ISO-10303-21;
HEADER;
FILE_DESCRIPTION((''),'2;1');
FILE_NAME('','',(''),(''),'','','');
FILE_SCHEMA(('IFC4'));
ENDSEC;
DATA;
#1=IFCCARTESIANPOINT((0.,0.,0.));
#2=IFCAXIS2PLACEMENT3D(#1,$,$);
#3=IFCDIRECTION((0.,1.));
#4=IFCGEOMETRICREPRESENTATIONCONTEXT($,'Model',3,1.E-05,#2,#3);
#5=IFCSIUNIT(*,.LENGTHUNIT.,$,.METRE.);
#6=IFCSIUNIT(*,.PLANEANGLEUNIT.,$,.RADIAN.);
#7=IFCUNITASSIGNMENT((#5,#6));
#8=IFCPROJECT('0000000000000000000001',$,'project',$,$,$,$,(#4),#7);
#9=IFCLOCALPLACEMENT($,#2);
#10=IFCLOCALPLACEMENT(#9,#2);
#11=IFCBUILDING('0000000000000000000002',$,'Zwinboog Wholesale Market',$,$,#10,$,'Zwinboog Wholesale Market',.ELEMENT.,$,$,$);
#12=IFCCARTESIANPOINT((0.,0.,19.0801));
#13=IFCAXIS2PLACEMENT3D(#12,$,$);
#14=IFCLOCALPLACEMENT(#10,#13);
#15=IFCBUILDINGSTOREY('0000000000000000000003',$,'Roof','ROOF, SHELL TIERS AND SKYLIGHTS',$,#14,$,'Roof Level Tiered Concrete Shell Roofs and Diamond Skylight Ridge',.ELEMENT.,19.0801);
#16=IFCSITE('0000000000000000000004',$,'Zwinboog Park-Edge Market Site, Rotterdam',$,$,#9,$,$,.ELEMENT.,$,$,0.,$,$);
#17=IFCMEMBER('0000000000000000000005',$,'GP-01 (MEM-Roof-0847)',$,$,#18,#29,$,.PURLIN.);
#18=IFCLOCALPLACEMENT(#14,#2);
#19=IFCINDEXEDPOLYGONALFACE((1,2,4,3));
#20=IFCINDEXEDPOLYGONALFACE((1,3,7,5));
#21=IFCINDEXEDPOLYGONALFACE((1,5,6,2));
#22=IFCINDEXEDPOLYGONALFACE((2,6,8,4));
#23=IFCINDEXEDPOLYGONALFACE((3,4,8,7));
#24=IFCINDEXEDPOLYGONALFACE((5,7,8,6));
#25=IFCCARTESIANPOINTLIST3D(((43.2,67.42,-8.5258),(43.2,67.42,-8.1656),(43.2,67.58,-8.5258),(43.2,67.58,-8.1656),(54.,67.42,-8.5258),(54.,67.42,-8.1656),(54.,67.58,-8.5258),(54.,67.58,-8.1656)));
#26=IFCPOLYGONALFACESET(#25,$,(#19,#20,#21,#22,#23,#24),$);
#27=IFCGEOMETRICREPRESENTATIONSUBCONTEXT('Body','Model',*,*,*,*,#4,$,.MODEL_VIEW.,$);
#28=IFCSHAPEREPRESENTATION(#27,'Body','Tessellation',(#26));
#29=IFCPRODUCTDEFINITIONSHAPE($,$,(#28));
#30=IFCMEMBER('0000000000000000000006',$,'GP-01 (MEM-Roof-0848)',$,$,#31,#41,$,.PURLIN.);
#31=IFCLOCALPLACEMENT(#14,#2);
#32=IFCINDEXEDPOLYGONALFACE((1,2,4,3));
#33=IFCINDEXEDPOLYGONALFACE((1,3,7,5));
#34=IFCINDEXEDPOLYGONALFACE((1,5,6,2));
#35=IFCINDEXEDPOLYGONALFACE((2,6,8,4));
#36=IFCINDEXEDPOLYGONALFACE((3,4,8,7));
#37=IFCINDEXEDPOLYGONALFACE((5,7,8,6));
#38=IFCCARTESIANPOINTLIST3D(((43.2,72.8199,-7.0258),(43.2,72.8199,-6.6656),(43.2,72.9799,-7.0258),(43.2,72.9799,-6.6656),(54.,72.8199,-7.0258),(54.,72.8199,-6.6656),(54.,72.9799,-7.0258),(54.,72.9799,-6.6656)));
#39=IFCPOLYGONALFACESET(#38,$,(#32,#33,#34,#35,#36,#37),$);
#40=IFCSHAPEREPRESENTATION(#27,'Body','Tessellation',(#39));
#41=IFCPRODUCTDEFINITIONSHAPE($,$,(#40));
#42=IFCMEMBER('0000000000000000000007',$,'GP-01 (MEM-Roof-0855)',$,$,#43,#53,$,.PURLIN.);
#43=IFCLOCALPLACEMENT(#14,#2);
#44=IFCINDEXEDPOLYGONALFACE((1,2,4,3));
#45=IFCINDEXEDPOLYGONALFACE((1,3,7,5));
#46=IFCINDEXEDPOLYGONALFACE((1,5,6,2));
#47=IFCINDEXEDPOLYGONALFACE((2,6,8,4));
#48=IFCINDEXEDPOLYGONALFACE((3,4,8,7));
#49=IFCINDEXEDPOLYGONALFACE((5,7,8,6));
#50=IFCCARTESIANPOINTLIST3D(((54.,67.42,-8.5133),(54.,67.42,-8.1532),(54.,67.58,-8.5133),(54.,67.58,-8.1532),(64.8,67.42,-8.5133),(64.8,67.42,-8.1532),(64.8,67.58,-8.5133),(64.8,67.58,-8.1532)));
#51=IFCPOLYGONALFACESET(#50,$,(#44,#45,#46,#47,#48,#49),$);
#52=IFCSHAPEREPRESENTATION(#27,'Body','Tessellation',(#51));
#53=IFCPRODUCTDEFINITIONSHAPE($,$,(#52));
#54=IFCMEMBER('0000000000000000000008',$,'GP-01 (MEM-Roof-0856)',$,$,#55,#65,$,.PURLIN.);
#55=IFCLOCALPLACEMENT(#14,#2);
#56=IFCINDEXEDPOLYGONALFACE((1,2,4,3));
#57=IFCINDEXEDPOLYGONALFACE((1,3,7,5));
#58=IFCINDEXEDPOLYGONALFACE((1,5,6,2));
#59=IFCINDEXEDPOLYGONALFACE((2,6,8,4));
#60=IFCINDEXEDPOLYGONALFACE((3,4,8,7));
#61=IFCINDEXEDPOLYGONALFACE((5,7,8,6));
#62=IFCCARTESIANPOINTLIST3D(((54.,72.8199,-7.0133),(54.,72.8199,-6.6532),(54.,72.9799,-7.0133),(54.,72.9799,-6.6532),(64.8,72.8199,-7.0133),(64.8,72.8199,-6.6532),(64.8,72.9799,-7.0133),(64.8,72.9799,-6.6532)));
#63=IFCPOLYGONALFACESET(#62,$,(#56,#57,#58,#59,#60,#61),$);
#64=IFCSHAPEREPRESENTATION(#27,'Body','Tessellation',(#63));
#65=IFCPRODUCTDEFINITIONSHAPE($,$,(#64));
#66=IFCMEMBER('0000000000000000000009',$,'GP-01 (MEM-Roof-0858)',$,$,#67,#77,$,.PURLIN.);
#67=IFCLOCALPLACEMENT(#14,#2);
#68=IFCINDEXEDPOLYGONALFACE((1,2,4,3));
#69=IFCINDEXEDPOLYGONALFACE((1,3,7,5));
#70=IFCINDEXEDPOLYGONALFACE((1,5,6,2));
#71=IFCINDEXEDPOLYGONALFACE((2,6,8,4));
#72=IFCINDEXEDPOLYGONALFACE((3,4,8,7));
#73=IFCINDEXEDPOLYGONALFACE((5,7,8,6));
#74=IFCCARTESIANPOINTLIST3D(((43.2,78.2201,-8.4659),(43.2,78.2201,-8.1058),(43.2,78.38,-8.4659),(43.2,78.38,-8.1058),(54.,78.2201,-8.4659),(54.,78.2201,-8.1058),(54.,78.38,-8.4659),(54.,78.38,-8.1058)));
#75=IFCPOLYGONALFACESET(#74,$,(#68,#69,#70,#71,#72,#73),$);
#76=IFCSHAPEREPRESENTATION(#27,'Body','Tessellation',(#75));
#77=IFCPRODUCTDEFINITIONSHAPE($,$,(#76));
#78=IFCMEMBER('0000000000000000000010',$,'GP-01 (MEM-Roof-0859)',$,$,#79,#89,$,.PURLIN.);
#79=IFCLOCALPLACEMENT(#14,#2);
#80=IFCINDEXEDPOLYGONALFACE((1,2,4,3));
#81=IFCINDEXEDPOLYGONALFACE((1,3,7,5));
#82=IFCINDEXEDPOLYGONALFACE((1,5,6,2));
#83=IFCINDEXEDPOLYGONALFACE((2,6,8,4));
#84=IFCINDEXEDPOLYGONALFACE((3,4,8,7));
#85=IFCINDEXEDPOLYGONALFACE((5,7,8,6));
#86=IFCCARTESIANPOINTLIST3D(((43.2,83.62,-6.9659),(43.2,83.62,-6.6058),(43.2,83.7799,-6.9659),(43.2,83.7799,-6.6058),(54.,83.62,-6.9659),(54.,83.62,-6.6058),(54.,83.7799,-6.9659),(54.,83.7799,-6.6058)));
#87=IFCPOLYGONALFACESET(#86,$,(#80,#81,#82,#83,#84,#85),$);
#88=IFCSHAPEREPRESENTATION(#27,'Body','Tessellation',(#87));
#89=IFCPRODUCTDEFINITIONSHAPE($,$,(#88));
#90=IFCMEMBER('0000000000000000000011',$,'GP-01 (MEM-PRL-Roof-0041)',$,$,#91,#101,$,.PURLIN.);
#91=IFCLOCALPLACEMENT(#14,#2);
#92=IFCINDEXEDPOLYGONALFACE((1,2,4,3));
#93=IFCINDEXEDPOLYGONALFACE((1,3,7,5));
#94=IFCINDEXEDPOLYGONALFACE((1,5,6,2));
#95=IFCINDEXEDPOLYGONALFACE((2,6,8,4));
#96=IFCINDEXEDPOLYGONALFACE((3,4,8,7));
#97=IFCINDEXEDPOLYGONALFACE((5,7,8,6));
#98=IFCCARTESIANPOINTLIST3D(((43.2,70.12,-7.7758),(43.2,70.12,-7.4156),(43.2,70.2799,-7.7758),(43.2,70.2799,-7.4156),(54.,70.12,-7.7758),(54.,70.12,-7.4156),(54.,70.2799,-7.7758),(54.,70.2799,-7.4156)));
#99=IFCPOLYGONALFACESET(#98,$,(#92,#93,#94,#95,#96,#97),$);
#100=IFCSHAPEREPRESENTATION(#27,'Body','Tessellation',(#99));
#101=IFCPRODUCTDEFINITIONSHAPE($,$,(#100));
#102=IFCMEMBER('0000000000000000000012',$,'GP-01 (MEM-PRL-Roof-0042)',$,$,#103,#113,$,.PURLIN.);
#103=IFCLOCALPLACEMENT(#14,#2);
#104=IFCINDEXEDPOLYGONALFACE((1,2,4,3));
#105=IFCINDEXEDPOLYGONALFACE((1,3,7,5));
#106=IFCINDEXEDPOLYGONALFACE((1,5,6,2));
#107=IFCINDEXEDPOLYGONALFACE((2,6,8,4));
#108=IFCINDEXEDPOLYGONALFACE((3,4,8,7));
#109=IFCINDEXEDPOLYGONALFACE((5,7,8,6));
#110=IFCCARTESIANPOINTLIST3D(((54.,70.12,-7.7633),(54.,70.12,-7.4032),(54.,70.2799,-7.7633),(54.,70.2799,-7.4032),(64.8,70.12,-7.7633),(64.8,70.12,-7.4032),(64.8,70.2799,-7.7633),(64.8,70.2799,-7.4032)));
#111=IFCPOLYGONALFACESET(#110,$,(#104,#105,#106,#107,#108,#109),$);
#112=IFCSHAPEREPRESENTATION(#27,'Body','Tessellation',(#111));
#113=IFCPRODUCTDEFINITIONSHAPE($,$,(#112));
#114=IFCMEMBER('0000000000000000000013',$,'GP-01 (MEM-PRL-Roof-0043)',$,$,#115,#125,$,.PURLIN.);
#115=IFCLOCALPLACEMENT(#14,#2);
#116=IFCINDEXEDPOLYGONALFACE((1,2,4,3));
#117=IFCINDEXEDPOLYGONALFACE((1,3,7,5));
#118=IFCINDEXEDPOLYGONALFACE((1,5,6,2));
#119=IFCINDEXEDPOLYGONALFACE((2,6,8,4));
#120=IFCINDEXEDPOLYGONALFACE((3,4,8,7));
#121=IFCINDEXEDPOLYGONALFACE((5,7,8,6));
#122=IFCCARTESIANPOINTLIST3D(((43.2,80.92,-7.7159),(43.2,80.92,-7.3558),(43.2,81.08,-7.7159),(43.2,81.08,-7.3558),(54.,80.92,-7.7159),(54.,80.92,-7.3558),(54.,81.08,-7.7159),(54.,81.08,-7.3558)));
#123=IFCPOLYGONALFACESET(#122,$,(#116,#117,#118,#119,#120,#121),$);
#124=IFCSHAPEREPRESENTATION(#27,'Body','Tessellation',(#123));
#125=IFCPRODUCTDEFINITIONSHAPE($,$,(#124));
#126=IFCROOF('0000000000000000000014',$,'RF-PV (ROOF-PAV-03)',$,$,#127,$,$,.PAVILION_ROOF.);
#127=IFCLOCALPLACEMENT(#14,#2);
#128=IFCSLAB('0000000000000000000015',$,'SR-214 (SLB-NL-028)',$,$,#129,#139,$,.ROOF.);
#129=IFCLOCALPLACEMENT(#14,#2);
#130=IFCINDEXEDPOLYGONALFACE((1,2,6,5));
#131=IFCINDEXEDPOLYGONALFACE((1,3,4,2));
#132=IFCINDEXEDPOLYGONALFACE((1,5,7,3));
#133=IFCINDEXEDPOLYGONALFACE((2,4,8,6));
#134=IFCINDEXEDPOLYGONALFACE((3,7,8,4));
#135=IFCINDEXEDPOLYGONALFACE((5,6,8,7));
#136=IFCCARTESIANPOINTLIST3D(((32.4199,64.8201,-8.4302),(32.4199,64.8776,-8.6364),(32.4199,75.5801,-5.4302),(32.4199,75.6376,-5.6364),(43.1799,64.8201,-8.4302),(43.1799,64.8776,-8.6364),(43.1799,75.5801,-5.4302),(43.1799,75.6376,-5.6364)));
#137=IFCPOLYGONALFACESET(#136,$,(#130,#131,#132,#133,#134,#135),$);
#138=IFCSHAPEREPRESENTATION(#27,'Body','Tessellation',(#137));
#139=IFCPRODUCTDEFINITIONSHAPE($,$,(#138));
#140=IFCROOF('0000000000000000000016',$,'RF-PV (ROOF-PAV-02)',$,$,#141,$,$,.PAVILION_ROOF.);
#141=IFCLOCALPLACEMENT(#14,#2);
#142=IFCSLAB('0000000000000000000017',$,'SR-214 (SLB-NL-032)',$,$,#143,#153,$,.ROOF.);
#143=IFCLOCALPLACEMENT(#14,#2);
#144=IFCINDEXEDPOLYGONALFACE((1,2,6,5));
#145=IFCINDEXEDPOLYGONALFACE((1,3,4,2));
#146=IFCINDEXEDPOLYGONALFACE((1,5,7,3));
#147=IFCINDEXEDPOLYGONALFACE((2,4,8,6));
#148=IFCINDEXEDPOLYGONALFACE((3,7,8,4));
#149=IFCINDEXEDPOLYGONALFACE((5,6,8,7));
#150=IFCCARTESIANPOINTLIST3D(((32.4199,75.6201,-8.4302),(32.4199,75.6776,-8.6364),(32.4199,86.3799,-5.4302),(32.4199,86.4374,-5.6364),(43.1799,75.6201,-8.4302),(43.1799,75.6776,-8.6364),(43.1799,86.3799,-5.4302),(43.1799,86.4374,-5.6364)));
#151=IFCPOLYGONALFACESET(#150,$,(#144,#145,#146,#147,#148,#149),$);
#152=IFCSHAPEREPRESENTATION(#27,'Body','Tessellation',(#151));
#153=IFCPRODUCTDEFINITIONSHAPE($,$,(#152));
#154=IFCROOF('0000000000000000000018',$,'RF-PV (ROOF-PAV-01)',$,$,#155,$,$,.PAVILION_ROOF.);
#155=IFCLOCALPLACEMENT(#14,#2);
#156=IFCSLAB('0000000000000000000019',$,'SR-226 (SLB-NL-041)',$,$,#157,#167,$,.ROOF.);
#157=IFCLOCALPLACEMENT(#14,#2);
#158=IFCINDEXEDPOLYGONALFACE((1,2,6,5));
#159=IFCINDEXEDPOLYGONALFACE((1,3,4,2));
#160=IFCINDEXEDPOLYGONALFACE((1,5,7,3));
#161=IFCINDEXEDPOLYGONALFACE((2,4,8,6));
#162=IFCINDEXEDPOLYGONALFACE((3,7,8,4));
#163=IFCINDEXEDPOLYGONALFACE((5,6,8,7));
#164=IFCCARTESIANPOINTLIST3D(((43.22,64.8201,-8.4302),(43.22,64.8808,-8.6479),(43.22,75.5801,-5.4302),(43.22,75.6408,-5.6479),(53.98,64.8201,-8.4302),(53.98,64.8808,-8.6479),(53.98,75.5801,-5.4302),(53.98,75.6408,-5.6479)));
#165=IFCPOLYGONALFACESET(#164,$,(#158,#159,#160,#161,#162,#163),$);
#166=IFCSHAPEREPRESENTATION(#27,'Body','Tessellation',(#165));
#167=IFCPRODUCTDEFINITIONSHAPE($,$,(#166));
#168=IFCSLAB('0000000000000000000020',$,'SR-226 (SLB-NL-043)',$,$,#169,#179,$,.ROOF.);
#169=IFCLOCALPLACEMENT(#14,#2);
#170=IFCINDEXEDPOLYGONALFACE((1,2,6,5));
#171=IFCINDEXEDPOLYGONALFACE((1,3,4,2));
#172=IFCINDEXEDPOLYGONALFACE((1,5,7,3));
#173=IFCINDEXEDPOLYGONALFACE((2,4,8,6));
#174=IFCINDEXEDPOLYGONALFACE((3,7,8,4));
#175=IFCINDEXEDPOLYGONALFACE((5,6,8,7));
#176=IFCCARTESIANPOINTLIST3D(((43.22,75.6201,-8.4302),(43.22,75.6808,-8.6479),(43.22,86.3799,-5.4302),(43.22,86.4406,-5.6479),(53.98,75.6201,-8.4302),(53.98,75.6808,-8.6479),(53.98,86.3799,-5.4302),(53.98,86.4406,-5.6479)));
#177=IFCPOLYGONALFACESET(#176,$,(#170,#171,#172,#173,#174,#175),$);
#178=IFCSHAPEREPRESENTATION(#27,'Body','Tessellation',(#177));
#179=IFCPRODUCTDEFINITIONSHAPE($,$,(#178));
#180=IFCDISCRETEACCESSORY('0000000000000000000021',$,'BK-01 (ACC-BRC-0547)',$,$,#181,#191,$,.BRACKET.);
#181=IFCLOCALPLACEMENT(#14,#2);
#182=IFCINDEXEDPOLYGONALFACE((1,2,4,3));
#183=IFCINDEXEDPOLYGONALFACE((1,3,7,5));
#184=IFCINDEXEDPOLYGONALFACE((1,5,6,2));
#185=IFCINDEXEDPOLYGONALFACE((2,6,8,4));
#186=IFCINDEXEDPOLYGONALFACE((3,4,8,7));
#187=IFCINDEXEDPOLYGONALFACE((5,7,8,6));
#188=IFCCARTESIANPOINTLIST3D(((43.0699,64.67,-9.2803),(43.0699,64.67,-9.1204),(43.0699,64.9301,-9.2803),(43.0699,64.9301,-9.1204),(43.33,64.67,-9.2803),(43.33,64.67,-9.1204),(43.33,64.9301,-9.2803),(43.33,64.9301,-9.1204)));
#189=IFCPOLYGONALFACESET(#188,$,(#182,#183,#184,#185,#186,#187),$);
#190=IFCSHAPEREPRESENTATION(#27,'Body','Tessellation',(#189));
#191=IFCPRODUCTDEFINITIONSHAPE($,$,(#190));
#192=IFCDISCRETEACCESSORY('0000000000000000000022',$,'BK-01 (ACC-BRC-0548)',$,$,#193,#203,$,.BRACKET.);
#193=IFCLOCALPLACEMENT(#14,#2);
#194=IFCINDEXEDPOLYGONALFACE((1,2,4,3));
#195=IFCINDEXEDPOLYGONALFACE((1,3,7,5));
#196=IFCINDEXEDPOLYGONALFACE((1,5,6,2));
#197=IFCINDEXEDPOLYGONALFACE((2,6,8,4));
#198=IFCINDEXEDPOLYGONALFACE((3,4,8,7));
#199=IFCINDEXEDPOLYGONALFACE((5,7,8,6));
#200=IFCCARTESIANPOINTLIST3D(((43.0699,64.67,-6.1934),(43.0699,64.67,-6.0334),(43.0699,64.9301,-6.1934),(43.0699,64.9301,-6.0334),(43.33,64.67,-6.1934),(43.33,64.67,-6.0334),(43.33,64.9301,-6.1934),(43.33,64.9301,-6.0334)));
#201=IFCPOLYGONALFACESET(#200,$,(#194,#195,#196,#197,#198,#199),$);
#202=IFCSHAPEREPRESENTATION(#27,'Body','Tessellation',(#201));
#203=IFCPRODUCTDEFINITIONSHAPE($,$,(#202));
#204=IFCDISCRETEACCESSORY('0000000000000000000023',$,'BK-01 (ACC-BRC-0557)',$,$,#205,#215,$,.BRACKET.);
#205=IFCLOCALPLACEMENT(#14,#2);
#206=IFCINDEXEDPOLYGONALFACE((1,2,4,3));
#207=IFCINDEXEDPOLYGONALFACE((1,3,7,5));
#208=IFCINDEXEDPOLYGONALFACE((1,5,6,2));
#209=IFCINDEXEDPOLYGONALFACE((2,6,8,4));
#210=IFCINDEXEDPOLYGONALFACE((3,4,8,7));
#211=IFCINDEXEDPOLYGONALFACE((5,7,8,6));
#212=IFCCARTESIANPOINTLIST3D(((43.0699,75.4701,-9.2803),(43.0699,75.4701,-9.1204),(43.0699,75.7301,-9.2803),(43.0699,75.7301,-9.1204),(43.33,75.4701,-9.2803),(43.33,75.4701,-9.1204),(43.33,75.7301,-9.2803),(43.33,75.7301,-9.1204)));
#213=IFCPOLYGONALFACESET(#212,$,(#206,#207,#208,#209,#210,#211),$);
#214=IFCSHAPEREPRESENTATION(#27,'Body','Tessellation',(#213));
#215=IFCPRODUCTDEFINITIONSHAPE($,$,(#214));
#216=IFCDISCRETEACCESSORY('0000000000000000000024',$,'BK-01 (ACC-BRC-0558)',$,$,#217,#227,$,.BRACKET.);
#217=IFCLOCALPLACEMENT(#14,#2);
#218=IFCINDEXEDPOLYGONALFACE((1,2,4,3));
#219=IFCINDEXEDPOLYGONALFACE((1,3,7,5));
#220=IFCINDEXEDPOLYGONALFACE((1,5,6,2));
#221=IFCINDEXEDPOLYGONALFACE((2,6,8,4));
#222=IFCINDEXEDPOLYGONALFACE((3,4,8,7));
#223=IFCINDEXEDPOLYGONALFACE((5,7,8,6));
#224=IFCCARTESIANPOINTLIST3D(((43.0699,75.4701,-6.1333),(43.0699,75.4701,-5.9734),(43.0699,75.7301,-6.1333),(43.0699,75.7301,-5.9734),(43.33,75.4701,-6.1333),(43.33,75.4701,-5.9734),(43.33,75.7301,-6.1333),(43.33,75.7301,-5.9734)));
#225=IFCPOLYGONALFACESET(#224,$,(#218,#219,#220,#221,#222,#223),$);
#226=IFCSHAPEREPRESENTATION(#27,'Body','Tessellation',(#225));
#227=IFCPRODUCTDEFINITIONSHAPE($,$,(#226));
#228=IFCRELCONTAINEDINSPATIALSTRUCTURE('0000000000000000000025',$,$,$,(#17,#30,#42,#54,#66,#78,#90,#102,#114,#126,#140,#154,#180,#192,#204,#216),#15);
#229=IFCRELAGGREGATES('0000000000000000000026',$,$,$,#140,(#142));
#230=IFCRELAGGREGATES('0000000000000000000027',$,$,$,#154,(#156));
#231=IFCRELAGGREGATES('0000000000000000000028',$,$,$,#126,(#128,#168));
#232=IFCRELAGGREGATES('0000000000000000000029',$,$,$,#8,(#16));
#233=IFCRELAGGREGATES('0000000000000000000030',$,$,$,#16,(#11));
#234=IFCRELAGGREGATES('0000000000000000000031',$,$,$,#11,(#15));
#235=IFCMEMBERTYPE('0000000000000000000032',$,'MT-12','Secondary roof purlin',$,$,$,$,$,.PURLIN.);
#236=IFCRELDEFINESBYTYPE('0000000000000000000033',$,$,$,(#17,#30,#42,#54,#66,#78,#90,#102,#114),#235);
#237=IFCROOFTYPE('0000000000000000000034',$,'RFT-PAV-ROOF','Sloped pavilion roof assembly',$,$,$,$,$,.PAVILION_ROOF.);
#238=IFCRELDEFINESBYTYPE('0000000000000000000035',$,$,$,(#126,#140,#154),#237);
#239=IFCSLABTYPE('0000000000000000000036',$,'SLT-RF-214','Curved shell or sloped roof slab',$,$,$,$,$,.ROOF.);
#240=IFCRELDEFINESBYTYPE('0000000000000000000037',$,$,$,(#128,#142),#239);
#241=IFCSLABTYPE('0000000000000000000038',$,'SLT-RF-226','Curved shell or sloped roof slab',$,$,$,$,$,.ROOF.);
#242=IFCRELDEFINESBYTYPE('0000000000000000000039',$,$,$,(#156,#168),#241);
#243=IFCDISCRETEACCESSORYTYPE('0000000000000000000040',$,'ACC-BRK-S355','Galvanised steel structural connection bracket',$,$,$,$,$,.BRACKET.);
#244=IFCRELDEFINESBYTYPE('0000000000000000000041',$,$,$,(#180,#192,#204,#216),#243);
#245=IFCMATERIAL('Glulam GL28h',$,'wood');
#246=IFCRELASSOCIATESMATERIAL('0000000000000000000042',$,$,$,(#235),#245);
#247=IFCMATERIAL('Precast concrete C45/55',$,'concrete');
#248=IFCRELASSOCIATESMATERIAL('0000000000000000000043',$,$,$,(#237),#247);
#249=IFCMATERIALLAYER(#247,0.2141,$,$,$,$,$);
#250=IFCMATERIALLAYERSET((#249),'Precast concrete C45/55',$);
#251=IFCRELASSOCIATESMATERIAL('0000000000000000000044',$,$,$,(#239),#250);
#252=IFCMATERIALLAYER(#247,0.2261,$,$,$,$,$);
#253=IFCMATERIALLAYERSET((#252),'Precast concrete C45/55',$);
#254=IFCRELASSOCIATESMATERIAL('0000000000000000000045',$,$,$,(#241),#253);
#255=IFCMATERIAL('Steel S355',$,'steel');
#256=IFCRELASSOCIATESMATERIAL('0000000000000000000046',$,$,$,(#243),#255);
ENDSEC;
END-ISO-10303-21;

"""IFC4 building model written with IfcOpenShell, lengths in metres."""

from ifc_helpers import new_model, si_unit, direction, frame, origin, origin_2d, place, context, subcontext, project, spatial, polyline, rectangle, outline, extrude, material, layer, layer_set, material_profile, profile_set, type_object, element, aggregate, save


model = new_model("IFC4")

# Units and contexts
model_context = context("Model", 3, precision=1e-05, world=origin(), true_north=direction((0.0, 1.0)))
body_context = subcontext(model_context, "Body", "Model", "MODEL_VIEW")
ifc_project = project(units=[si_unit("LENGTHUNIT", "METRE"), si_unit("PLANEANGLEUNIT", "RADIAN")], contexts=[model_context])

# Site, building, storey
site_placement = place(None, origin())
site = spatial("IfcSite", under=ifc_project, at=site_placement, Name="Zwinboog Park-Edge Market Site, Rotterdam", CompositionType="ELEMENT", RefElevation=0.0)
building_placement = place(site_placement, origin())
building = spatial("IfcBuilding", under=site, at=building_placement, Name="Zwinboog Wholesale Market", LongName="Zwinboog Wholesale Market", CompositionType="ELEMENT")
storey_placement = place(building_placement, frame((0.0, 0.0, 19.0801)))
storey = spatial("IfcBuildingStorey", under=building, at=storey_placement, Name="Roof", Description="ROOF, SHELL TIERS AND SKYLIGHTS", LongName="Roof Level Tiered Concrete Shell Roofs and Diamond Skylight Ridge", CompositionType="ELEMENT", Elevation=19.0801)

# Shared definitions
ifc_material_1 = material(Name="Precast concrete C45/55", Category="concrete")

# Members
ifc_material_2 = material(Name="Steel S355", Category="steel")
ifc_material_3 = material(Name="Glulam GL28h", Category="wood")
ifc_material_profile_1 = material_profile(ifc_material_3, rectangle(XDim=0.1599, YDim=0.3601, at=origin_2d()), Name="GL28h 160x360")
ifc_profile_set_1 = profile_set([ifc_material_profile_1], Name="Glulam GL28h")
member_type_1 = type_object("IfcMemberType", Name="MT-12", Description="Secondary roof purlin", PredefinedType="PURLIN", material=ifc_profile_set_1)
for number, where, z_axis, x_axis, name in (
    (1, (43.2, 67.5, -8.3457), (1.0, 0.0, 0.0), (0.0, 1.0, 0.0), "GP-01 (MEM-Roof-0847)"),
    (2, (43.2, 72.8999, -6.8457), (1.0, 0.0, 0.0), (0.0, 1.0, 0.0), "GP-01 (MEM-Roof-0848)"),
    (3, (54.0, 67.5, -8.3333), (1.0, 0.0, 0.0), (0.0, 1.0, 0.0), "GP-01 (MEM-Roof-0855)"),
    (4, (54.0, 72.8999, -6.8333), (1.0, 0.0, 0.0), (0.0, 1.0, 0.0), "GP-01 (MEM-Roof-0856)"),
    (5, (43.2, 78.3, -8.2859), (1.0, 0.0, 0.0), (0.0, 1.0, 0.0), "GP-01 (MEM-Roof-0858)"),
    (6, (43.2, 83.7, -6.7859), (1.0, 0.0, 0.0), (0.0, 1.0, 0.0), "GP-01 (MEM-Roof-0859)"),
    (7, (43.2, 70.2, -7.5957), (1.0, 0.0, 0.0), (0.0, 1.0, 0.0), "GP-01 (MEM-PRL-Roof-0041)"),
    (8, (54.0, 70.2, -7.5833), (1.0, 0.0, 0.0), (0.0, 1.0, 0.0), "GP-01 (MEM-PRL-Roof-0042)"),
    (9, (43.2, 81.0, -7.5359), (1.0, 0.0, 0.0), (0.0, 1.0, 0.0), "GP-01 (MEM-PRL-Roof-0043)"),
):
    element("IfcMember", number, at=place(storey_placement, frame(where, z_axis=z_axis, x_axis=x_axis)), inside=storey, type_object=member_type_1, Name=name, PredefinedType="PURLIN", context=body_context, shape_type="SweptSolid", body=[
        extrude(rectangle(XDim=0.1599, YDim=0.3601, at=origin_2d()), origin(), (0.0, 0.0, 1.0), 10.8),
    ])

# Roofs, slabs
roof_type = type_object("IfcRoofType", Name="RFT-PAV-ROOF", Description="Sloped pavilion roof assembly", PredefinedType="PAVILION_ROOF", material=ifc_material_1)
roof_1_placement = place(storey_placement, origin())
roof_1 = element("IfcRoof", 10, at=roof_1_placement, inside=storey, type_object=roof_type, Name="RF-PV (ROOF-PAV-03)", PredefinedType="PAVILION_ROOF")
ifc_layer_1 = layer(ifc_material_1, 0.2141)
ifc_layer_set_1 = layer_set([ifc_layer_1], Name="Precast concrete C45/55")
slab_type_1 = type_object("IfcSlabType", Name="SLT-RF-214", Description="Curved shell or sloped roof slab", PredefinedType="ROOF", material=ifc_layer_set_1)
slab_1_placement = place(storey_placement, frame((32.4199, 64.8201, -8.4302), z_axis=(0.0, -0.268567, 0.963261), x_axis=(1.0, 0.0, 0.0)))
slab_1 = element("IfcSlab", 11, at=slab_1_placement, type_object=slab_type_1, Name="SR-214 (SLB-NL-028)", PredefinedType="ROOF", context=body_context, shape_type="SweptSolid", body=[
    extrude(outline(polyline([(0.0, 0.0), (10.76, 0.0), (10.76, 11.1704), (0.0, 11.1704), (0.0, 0.0)])), origin(), (0.0, 0.0, -1.0), 0.2141),
])
roof_2_placement = place(storey_placement, origin())
roof_2 = element("IfcRoof", 12, at=roof_2_placement, inside=storey, type_object=roof_type, Name="RF-PV (ROOF-PAV-02)", PredefinedType="PAVILION_ROOF")
slab_2_placement = place(storey_placement, frame((32.4199, 75.6201, -8.4302), z_axis=(0.0, -0.268573, 0.963259), x_axis=(1.0, 0.0, 0.0)))
slab_2 = element("IfcSlab", 13, at=slab_2_placement, type_object=slab_type_1, Name="SR-214 (SLB-NL-032)", PredefinedType="ROOF", context=body_context, shape_type="SweptSolid", body=[
    extrude(outline(polyline([(0.0, 0.0), (10.76, 0.0), (10.76, 11.1702), (0.0, 11.1702), (0.0, 0.0)])), origin(), (0.0, 0.0, -1.0), 0.2141),
])
aggregate(roof_2, [slab_2])
roof_3_placement = place(storey_placement, origin())
roof_3 = element("IfcRoof", 14, at=roof_3_placement, inside=storey, type_object=roof_type, Name="RF-PV (ROOF-PAV-01)", PredefinedType="PAVILION_ROOF")
ifc_layer_2 = layer(ifc_material_1, 0.2261)
ifc_layer_set_2 = layer_set([ifc_layer_2], Name="Precast concrete C45/55")
slab_type_2 = type_object("IfcSlabType", Name="SLT-RF-226", Description="Curved shell or sloped roof slab", PredefinedType="ROOF", material=ifc_layer_set_2)
slab_3_placement = place(storey_placement, frame((43.22, 64.8201, -8.4302), z_axis=(0.0, -0.268567, 0.963261), x_axis=(1.0, 0.0, 0.0)))
slab_3 = element("IfcSlab", 15, at=slab_3_placement, type_object=slab_type_2, Name="SR-226 (SLB-NL-041)", PredefinedType="ROOF", context=body_context, shape_type="SweptSolid", body=[
    extrude(outline(polyline([(0.0, 0.0), (10.76, 0.0), (10.76, 11.1704), (0.0, 11.1704), (0.0, 0.0)])), origin(), (0.0, 0.0, -1.0), 0.2261),
])
aggregate(roof_3, [slab_3])

# Slab
slab_4_placement = place(storey_placement, frame((43.22, 75.6201, -8.4302), z_axis=(0.0, -0.268573, 0.963259), x_axis=(1.0, 0.0, 0.0)))
slab_4 = element("IfcSlab", 16, at=slab_4_placement, type_object=slab_type_2, Name="SR-226 (SLB-NL-043)", PredefinedType="ROOF", context=body_context, shape_type="SweptSolid", body=[
    extrude(outline(polyline([(0.0, 0.0), (10.76, 0.0), (10.76, 11.1702), (0.0, 11.1702), (0.0, 0.0)])), origin(), (0.0, 0.0, -1.0), 0.2261),
])
aggregate(roof_1, [slab_1, slab_4])

# Discrete accessories
discrete_accessory_type = type_object("IfcDiscreteAccessoryType", Name="ACC-BRK-S355", Description="Galvanised steel structural connection bracket", PredefinedType="BRACKET", material=ifc_material_2)
for number, where, z_axis, x_axis, name in (
    (17, (43.2, 64.8, -9.2803), (0.0, 0.0, 1.0), (1.0, 0.0, 0.0), "BK-01 (ACC-BRC-0547)"),
    (18, (43.2, 64.8, -6.1934), (0.0, 0.0, 1.0), (1.0, 0.0, 0.0), "BK-01 (ACC-BRC-0548)"),
    (19, (43.2, 75.6001, -9.2803), (0.0, 0.0, 1.0), (1.0, 0.0, 0.0), "BK-01 (ACC-BRC-0557)"),
    (20, (43.2, 75.6001, -6.1333), (0.0, 0.0, 1.0), (1.0, 0.0, 0.0), "BK-01 (ACC-BRC-0558)"),
):
    element("IfcDiscreteAccessory", number, at=place(storey_placement, frame(where, z_axis=z_axis, x_axis=x_axis)), inside=storey, type_object=discrete_accessory_type, Name=name, PredefinedType="BRACKET", context=body_context, shape_type="SweptSolid", body=[
        extrude(rectangle(XDim=0.26, YDim=0.26, at=origin_2d()), origin(), (0.0, 0.0, 1.0), 0.1599),
    ])

save(model, "model.ifc")
